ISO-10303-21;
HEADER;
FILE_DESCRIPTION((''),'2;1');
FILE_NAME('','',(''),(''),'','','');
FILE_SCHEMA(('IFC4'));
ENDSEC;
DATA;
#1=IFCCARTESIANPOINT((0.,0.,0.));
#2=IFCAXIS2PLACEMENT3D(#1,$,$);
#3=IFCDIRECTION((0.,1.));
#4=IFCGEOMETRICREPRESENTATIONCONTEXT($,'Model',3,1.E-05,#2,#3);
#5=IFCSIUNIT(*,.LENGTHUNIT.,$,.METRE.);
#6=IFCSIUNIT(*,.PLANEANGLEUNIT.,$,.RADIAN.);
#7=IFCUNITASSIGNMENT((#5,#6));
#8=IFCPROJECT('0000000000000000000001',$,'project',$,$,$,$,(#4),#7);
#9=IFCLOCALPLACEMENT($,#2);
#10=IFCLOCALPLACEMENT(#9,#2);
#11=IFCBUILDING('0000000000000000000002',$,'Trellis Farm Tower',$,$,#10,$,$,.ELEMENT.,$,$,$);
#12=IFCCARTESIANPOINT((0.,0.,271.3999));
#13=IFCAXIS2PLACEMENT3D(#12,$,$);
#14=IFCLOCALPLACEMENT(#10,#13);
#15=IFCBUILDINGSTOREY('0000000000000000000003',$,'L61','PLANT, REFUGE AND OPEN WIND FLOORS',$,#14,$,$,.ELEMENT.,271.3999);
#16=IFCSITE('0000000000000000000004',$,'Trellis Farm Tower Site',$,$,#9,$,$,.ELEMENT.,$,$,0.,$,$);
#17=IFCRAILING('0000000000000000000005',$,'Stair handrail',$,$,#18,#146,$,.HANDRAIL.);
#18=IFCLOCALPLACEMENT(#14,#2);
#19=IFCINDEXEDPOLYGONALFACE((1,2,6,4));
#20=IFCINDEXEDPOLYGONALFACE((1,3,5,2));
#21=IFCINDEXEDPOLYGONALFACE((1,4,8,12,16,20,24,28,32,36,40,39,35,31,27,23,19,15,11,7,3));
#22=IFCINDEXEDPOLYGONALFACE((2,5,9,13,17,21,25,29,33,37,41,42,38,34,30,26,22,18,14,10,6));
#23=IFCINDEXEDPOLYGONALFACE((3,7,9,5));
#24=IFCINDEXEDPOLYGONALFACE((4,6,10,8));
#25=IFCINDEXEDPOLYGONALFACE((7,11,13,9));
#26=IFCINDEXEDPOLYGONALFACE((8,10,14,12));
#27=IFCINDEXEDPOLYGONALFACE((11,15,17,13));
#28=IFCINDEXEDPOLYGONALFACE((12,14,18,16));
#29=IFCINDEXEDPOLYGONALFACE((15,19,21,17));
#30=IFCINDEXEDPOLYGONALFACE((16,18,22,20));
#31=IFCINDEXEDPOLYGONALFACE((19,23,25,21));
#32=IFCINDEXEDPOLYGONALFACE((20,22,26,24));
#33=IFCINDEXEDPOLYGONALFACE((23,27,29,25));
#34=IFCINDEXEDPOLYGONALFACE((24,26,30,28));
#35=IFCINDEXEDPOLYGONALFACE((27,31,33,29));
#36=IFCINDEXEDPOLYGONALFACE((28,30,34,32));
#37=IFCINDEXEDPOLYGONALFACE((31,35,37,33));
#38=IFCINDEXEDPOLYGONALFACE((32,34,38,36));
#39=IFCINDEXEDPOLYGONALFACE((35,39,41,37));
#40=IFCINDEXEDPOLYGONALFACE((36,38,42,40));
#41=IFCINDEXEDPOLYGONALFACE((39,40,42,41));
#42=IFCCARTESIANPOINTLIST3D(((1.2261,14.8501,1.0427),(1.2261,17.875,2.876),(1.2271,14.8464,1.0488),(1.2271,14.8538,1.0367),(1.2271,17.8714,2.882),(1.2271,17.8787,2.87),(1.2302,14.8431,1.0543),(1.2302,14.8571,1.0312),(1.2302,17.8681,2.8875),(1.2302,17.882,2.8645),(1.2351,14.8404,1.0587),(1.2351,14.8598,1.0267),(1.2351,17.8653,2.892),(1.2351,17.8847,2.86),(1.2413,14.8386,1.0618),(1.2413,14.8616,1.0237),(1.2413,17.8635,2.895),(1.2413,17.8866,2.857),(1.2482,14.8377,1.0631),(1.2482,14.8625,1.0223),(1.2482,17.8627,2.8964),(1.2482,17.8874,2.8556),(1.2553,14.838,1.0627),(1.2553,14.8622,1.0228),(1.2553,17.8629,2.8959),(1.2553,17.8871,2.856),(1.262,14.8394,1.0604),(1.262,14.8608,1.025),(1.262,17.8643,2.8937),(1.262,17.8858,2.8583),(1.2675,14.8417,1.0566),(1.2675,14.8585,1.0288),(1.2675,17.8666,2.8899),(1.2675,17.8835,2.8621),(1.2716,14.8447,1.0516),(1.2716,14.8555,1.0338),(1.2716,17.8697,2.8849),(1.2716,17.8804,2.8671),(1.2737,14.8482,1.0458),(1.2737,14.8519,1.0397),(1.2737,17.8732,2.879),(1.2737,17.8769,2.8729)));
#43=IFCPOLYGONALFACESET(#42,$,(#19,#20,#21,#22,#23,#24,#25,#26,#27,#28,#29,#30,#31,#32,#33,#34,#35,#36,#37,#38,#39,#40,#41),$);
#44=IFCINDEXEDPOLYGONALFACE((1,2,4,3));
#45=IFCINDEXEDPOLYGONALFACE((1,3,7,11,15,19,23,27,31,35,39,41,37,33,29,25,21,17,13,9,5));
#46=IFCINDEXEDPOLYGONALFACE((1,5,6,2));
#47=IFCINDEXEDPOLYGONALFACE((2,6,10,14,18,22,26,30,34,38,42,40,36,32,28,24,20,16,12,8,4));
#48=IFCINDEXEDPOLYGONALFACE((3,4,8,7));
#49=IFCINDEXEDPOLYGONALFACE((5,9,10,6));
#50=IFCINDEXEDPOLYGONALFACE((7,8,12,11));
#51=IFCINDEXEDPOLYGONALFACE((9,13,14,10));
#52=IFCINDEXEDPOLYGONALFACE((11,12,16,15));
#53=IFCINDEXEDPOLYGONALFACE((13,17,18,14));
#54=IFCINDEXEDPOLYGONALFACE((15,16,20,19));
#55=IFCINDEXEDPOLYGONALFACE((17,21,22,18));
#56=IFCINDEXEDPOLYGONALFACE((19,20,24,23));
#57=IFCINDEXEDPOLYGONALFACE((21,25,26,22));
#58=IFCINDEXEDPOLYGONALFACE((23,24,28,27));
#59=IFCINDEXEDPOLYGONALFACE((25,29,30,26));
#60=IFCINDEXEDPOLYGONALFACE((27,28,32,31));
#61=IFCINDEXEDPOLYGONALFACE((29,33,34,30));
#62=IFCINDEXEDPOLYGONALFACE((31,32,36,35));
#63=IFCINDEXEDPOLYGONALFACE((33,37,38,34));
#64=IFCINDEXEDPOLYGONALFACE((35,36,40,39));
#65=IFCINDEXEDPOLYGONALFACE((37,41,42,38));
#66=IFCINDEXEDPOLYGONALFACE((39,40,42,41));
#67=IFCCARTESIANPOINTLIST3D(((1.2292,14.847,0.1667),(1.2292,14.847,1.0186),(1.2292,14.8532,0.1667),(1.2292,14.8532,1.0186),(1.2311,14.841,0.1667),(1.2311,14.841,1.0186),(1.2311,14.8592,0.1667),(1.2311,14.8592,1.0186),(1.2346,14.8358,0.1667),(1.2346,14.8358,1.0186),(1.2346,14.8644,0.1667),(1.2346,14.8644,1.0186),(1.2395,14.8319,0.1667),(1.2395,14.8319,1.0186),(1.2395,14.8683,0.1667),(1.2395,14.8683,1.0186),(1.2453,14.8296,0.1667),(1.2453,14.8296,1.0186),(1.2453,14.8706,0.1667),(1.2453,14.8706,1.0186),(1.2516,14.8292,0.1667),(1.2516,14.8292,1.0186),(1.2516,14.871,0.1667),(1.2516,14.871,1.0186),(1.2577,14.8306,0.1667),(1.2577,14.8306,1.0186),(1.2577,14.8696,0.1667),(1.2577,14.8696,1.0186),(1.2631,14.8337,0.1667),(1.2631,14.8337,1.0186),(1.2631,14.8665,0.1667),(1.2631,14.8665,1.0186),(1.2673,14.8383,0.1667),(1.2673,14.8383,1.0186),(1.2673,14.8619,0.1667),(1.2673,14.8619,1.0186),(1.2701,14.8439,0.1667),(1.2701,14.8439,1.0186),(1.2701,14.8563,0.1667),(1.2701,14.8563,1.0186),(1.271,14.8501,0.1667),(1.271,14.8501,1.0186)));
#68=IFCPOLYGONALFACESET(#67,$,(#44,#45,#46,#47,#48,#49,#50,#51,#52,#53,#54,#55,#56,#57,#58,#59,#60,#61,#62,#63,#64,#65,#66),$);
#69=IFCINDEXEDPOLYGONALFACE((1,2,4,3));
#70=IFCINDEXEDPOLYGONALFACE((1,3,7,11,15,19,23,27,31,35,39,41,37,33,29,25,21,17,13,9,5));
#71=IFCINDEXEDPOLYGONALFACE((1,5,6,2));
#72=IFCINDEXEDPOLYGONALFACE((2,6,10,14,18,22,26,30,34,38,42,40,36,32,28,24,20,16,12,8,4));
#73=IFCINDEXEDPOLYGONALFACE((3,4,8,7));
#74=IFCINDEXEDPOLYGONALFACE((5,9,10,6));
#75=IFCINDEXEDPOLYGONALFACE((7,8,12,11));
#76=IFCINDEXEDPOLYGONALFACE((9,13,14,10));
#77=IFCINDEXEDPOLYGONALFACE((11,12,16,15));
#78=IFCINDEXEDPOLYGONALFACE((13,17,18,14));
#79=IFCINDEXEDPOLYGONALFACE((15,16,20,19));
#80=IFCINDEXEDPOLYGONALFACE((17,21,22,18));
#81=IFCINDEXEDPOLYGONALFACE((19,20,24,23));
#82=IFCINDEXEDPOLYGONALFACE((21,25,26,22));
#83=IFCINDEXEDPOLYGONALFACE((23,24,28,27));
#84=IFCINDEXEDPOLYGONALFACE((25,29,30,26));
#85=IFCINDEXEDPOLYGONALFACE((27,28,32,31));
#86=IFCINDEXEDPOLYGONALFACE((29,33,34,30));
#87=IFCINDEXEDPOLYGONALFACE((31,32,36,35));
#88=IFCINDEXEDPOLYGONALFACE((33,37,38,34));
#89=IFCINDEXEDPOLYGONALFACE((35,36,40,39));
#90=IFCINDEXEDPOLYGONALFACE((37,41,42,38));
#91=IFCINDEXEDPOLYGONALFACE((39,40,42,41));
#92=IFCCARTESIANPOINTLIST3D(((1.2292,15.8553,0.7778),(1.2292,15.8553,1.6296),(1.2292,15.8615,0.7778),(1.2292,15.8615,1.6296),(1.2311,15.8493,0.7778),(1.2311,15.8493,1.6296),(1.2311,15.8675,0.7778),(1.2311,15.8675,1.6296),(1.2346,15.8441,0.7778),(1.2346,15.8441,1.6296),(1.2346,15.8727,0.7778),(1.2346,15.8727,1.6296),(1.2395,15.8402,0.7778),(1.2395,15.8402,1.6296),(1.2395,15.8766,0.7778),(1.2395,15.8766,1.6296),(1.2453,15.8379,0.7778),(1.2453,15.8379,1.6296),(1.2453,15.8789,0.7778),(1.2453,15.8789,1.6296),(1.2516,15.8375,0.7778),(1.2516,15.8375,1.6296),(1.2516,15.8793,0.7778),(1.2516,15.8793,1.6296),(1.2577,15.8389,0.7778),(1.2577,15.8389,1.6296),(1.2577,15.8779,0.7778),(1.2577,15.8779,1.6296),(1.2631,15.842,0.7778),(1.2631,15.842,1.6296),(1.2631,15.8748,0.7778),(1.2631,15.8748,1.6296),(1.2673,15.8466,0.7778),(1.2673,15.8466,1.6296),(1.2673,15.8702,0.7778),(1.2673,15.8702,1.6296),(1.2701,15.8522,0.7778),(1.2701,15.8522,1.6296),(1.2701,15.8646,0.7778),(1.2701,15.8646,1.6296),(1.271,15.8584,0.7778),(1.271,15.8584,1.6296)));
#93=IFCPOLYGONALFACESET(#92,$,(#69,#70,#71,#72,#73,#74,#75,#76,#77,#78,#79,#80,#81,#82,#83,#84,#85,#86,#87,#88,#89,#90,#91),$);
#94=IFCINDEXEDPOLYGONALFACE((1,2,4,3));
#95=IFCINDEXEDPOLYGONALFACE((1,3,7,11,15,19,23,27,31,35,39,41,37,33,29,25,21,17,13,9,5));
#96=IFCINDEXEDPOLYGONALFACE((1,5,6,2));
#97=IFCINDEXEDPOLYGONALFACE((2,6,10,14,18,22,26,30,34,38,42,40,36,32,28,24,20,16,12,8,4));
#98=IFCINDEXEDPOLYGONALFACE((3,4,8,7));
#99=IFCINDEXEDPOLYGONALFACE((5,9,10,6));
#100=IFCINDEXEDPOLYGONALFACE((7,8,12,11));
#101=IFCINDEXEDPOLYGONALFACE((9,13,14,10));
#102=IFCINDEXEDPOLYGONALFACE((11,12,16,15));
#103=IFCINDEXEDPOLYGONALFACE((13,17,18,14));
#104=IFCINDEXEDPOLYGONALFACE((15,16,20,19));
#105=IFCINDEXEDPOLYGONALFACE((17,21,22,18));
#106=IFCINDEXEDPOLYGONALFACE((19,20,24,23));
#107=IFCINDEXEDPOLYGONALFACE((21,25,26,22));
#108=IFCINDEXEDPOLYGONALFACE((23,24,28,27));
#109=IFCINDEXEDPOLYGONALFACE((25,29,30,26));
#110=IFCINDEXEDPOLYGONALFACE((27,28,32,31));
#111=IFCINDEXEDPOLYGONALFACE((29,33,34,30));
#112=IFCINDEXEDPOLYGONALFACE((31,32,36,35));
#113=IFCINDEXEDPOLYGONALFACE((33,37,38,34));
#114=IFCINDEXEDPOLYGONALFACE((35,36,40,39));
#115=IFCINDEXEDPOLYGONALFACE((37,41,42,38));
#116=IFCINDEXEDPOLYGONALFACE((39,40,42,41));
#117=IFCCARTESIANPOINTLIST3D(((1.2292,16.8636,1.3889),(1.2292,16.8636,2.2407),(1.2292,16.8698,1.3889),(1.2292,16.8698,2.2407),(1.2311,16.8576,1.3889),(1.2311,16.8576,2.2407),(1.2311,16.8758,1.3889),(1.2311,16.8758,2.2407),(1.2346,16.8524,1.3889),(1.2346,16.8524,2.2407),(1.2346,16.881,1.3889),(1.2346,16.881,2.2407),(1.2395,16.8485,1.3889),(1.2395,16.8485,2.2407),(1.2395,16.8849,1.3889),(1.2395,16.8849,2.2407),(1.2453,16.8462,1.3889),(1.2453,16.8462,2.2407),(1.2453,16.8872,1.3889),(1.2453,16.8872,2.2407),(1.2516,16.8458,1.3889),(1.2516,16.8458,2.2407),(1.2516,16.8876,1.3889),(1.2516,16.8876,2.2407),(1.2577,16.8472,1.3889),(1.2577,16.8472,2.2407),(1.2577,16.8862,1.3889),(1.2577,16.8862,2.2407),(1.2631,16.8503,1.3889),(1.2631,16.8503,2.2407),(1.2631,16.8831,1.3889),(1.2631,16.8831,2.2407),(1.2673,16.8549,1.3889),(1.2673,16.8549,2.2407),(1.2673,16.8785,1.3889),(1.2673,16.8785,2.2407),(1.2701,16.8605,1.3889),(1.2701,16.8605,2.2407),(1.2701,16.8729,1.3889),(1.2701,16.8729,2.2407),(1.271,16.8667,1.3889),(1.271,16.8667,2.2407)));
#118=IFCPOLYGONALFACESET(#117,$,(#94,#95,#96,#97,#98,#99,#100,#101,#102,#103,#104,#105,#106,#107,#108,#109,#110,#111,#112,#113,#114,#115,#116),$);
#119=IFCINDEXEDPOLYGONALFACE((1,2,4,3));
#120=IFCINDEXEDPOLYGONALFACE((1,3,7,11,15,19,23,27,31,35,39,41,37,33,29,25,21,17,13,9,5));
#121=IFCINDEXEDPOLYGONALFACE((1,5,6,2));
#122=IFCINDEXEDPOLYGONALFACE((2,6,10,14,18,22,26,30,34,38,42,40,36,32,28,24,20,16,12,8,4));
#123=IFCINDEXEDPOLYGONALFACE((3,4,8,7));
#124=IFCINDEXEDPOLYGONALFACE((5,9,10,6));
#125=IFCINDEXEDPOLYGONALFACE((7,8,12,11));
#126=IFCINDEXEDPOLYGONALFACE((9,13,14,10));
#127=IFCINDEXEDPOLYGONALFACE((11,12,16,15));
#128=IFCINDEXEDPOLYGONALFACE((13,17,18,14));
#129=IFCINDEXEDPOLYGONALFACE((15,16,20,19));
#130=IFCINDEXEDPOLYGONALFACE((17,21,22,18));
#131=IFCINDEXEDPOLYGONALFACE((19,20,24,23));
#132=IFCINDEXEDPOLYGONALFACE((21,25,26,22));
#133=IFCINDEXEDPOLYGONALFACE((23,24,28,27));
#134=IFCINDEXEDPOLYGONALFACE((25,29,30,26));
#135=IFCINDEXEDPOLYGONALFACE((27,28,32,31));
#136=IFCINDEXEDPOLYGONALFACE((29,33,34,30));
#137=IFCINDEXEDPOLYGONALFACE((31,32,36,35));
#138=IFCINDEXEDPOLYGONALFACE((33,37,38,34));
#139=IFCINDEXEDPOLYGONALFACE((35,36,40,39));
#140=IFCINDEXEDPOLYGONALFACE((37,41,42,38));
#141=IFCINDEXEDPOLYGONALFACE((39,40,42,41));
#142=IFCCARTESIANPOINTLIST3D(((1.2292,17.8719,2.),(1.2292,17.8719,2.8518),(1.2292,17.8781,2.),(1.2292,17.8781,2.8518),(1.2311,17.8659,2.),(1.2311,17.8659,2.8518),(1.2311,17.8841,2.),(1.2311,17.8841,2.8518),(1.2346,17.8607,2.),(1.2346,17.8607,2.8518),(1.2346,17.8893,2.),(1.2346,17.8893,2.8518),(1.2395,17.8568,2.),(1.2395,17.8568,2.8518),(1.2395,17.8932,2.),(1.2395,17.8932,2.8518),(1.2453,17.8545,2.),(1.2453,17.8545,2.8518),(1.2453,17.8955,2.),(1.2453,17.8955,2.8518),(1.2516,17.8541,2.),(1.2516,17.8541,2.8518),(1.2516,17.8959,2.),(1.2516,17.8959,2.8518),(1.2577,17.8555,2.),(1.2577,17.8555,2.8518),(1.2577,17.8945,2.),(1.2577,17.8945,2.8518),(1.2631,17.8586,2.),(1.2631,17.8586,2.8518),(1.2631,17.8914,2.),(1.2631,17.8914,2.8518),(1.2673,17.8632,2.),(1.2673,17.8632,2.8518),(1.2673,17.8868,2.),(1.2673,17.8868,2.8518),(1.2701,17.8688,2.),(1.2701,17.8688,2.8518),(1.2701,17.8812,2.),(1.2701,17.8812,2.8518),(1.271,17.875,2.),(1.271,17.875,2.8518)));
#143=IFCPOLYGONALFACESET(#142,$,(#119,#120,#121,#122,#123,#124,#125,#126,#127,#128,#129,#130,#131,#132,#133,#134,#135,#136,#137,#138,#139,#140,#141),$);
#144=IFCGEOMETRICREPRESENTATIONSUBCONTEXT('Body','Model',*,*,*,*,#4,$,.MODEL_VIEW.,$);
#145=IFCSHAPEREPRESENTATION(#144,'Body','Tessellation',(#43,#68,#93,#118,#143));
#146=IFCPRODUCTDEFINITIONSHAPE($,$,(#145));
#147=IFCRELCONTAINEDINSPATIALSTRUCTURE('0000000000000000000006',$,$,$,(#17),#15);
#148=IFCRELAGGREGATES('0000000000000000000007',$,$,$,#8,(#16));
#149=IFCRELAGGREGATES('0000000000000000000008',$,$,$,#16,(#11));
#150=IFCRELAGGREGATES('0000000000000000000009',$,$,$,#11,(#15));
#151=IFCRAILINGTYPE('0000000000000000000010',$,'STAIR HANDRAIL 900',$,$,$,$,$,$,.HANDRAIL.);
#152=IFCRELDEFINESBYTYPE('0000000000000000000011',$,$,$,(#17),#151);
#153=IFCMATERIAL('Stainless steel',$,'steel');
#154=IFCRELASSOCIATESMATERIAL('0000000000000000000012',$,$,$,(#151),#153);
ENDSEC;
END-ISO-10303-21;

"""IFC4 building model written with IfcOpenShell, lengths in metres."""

from ifc_helpers import new_model, si_unit, direction, frame, origin, origin_2d, place, context, subcontext, project, spatial, circle, extrude, source, transform, mapped, material, type_object, element, save


model = new_model("IFC4")

# Units and contexts
model_context = context("Model", 3, precision=1e-05, world=origin(), true_north=direction((0.0, 1.0)))
body_context = subcontext(model_context, "Body", "Model", "MODEL_VIEW")
ifc_project = project(units=[si_unit("LENGTHUNIT", "METRE"), si_unit("PLANEANGLEUNIT", "RADIAN")], contexts=[model_context])

# Site, building, storey
site_placement = place(None, origin())
site = spatial("IfcSite", under=ifc_project, at=site_placement, Name="Trellis Farm Tower Site", CompositionType="ELEMENT", RefElevation=0.0)
building_placement = place(site_placement, origin())
building = spatial("IfcBuilding", under=site, at=building_placement, Name="Trellis Farm Tower", CompositionType="ELEMENT")
storey_placement = place(building_placement, frame((0.0, 0.0, 271.3999)))
storey = spatial("IfcBuildingStorey", under=building, at=storey_placement, Name="L61", Description="PLANT, REFUGE AND OPEN WIND FLOORS", CompositionType="ELEMENT", Elevation=271.3999)

# Railing
ifc_material_1 = material(Name="Stainless steel", Category="steel")
railing_type_1 = type_object("IfcRailingType", Name="STAIR HANDRAIL 900", PredefinedType="HANDRAIL", material=ifc_material_1)
shared_shape_1 = source(origin(), body_context, "Body", "SweptSolid", [
    extrude(circle(Radius=0.0239, at=origin_2d()), frame((0.0, 0.0, 0.876), z_axis=(0.0, 0.855201, 0.518297), x_axis=(-1.0, 0.0, 0.0)), (0.0, 0.0, 1.0), 3.5371),
    extrude(circle(Radius=0.021, at=origin_2d()), origin(), (0.0, 0.0, 1.0), 0.8518),
    extrude(circle(Radius=0.021, at=origin_2d()), frame((0.0, 1.0083, 0.6111)), (0.0, 0.0, 1.0), 0.8518),
    extrude(circle(Radius=0.021, at=origin_2d()), frame((0.0, 2.0166, 1.2222)), (0.0, 0.0, 1.0), 0.8518),
    extrude(circle(Radius=0.021, at=origin_2d()), frame((0.0, 3.0249, 1.8333)), (0.0, 0.0, 1.0), 0.8518),
])
for number, where, name in (
    (1, (1.25, 14.8501, 0.1667), "Stair handrail"),
):
    element("IfcRailing", number, at=place(storey_placement, frame(where)), inside=storey, type_object=railing_type_1, Name=name, PredefinedType="HANDRAIL", context=body_context, shape_type="MappedRepresentation", body=[
        mapped(shared_shape_1, transform((0.0, 0.0, 0.0))),
    ])

save(model, "model.ifc")
